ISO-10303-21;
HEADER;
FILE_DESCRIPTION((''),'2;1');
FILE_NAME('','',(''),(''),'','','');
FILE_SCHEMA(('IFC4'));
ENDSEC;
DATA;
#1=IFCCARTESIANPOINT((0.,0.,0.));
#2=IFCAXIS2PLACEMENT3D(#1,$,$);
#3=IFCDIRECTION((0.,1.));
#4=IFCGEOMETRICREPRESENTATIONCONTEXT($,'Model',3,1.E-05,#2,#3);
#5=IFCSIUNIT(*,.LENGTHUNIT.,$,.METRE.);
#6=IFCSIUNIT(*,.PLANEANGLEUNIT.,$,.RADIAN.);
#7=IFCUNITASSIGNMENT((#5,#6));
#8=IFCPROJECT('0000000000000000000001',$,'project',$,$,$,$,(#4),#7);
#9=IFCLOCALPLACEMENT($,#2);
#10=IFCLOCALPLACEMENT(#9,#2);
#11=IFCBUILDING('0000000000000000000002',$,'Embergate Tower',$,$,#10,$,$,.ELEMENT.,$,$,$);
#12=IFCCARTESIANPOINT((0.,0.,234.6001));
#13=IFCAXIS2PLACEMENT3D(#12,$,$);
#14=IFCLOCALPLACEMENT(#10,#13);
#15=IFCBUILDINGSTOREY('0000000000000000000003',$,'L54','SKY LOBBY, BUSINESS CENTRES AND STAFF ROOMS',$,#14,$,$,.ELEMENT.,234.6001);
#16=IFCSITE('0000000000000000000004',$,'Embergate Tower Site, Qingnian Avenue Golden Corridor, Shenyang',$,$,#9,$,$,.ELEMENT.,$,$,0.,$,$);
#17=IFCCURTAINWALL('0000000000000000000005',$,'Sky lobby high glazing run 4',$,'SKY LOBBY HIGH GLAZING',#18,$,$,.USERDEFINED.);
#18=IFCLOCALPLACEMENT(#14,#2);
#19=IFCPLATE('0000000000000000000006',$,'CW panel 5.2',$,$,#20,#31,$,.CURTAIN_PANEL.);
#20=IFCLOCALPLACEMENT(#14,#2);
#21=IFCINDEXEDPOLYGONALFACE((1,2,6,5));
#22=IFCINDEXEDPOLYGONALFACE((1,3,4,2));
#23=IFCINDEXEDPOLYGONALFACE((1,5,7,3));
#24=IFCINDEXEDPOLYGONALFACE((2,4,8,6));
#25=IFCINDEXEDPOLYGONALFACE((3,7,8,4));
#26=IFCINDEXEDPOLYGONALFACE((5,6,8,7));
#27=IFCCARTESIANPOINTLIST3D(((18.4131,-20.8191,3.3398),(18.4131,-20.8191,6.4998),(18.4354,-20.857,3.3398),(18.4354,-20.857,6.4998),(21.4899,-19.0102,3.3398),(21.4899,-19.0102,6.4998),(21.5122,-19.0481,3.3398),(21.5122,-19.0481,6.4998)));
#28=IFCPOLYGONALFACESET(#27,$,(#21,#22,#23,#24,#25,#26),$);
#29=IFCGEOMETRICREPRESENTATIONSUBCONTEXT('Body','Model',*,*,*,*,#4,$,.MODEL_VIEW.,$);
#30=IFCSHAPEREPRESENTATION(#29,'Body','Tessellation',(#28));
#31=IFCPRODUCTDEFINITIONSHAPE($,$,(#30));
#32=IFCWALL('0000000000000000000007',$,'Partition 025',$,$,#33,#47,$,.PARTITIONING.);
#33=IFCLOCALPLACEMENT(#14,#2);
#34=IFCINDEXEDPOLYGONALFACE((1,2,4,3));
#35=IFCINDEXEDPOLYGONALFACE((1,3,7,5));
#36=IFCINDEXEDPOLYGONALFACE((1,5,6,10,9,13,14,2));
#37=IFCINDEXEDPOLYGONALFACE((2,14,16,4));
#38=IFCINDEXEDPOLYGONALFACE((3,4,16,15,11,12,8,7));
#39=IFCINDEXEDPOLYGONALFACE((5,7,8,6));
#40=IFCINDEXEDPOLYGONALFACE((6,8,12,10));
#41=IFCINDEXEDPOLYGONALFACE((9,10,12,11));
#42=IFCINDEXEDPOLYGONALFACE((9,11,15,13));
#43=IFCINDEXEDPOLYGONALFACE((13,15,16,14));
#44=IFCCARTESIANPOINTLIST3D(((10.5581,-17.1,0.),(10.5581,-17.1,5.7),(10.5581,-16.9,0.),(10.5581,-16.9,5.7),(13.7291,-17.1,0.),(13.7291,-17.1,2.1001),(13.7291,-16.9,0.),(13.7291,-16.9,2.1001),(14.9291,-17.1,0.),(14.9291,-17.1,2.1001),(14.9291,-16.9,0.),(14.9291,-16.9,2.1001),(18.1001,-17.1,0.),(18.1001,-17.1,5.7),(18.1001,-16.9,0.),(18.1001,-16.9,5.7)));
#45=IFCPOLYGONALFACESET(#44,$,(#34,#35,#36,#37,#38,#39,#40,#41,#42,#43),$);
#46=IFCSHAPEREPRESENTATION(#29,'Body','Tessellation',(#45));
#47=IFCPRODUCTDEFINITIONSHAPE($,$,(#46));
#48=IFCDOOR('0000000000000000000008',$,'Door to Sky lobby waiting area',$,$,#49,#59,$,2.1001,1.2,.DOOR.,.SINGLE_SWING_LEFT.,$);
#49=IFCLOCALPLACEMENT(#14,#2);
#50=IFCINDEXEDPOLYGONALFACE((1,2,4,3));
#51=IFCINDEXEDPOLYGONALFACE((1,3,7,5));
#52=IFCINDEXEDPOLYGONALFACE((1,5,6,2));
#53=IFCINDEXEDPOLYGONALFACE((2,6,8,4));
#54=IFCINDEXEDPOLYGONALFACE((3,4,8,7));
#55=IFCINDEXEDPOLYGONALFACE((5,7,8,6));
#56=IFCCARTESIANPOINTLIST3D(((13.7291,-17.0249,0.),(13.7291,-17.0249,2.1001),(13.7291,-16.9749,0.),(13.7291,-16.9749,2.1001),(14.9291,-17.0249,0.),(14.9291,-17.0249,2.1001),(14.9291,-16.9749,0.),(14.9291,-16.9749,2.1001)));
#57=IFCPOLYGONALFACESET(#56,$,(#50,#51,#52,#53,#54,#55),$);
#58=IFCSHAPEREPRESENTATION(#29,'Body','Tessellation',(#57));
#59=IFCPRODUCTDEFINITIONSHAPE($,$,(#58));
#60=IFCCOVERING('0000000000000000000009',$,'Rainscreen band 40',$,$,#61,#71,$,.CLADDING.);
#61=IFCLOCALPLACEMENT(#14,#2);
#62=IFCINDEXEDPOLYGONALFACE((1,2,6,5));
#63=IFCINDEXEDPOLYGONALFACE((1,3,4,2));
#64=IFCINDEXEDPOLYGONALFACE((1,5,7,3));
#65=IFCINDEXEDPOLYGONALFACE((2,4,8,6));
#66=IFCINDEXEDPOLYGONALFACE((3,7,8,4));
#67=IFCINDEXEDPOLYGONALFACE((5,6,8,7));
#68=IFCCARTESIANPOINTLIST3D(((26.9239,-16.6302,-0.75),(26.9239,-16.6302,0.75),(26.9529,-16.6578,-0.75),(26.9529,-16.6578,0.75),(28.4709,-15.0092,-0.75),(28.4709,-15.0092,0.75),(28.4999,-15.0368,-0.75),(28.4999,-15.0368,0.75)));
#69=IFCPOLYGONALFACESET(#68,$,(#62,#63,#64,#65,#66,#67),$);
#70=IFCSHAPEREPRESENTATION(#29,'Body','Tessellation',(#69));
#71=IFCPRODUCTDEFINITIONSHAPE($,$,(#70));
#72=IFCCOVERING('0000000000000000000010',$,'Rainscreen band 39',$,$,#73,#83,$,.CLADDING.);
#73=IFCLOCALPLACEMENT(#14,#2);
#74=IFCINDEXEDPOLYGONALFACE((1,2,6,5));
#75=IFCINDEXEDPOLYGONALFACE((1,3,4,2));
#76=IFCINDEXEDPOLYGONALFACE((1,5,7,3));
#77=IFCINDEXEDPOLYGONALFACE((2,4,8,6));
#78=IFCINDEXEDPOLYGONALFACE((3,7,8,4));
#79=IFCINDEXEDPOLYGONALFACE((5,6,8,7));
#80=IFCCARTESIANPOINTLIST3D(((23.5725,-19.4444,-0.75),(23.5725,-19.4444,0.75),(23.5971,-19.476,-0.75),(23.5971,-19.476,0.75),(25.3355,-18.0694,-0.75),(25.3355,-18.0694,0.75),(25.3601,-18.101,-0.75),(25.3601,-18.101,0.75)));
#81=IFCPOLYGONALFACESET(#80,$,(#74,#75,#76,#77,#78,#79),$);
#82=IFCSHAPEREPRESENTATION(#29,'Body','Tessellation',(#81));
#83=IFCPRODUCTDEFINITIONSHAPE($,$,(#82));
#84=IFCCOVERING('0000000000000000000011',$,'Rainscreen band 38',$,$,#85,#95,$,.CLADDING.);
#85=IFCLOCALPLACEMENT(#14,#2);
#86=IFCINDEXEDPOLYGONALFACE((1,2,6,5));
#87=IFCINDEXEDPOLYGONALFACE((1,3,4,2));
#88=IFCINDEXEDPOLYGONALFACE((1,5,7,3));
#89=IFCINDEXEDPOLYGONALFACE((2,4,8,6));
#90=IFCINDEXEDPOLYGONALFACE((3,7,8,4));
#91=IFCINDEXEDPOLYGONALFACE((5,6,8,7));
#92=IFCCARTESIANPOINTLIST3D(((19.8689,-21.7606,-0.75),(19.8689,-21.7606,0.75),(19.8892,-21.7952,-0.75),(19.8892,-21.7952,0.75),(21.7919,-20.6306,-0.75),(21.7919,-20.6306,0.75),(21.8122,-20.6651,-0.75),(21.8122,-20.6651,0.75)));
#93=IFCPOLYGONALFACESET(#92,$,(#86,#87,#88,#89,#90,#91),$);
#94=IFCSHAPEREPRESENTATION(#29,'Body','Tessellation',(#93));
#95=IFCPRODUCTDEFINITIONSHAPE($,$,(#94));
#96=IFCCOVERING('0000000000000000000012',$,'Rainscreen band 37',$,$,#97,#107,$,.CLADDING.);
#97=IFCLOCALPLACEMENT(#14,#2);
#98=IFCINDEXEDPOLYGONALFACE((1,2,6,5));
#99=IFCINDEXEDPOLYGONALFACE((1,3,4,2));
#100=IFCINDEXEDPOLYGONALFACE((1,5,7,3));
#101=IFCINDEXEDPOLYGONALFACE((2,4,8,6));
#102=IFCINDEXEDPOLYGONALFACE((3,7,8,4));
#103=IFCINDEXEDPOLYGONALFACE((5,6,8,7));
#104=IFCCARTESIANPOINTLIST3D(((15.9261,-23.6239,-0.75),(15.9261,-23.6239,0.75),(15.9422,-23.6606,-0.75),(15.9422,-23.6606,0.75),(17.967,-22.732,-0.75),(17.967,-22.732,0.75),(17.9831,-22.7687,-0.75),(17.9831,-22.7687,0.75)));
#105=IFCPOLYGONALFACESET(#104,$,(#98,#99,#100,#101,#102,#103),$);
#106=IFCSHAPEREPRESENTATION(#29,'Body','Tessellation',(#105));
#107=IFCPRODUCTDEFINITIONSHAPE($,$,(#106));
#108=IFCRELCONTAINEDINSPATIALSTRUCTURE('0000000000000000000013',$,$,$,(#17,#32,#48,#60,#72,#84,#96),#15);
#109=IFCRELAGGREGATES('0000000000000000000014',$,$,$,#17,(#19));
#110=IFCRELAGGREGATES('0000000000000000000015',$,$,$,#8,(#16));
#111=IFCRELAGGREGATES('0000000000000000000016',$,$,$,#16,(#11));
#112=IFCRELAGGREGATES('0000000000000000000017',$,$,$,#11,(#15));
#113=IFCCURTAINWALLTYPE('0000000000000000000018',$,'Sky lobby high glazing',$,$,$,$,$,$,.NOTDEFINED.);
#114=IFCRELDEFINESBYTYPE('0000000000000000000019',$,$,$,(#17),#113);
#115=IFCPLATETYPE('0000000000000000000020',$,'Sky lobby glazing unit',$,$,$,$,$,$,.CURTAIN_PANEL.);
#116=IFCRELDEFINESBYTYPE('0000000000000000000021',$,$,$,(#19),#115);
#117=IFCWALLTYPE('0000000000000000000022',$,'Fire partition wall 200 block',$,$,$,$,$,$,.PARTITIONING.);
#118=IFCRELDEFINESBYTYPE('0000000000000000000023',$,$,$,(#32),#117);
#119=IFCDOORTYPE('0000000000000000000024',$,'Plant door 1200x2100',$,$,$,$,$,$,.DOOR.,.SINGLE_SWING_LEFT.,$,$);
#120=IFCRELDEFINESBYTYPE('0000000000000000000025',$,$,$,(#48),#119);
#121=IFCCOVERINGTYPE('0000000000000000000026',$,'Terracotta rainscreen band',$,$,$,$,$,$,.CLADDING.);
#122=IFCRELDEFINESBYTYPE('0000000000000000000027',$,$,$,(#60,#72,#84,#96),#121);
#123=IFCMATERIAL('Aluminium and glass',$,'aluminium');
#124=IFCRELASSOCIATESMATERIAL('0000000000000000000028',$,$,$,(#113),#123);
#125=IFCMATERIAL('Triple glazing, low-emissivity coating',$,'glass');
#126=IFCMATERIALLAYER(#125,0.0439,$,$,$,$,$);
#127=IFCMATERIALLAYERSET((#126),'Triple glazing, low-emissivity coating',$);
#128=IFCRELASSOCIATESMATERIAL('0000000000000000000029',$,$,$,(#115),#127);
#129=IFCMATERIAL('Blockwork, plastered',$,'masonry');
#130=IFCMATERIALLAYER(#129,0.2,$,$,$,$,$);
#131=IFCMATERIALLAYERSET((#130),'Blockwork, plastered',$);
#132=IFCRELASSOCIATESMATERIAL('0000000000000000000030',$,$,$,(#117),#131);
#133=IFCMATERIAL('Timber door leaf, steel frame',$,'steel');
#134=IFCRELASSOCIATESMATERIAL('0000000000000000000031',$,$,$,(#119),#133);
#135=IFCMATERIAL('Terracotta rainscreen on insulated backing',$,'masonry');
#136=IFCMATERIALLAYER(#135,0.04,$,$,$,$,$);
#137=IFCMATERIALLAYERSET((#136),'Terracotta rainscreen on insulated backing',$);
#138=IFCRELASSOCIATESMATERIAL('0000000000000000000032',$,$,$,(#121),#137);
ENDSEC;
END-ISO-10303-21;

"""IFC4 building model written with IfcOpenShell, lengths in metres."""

from ifc_helpers import new_model, si_unit, direction, frame, frame_2d, origin, origin_2d, place, context, subcontext, project, spatial, rectangle, extrude, source, transform, mapped, material, layer, layer_set, type_object, element, fill, aggregate, save


model = new_model("IFC4")

# Units and contexts
model_context = context("Model", 3, precision=1e-05, world=origin(), true_north=direction((0.0, 1.0)))
body_context = subcontext(model_context, "Body", "Model", "MODEL_VIEW")
ifc_project = project(units=[si_unit("LENGTHUNIT", "METRE"), si_unit("PLANEANGLEUNIT", "RADIAN")], contexts=[model_context])

# Site, building, storey
site_placement = place(None, origin())
site = spatial("IfcSite", under=ifc_project, at=site_placement, Name="Embergate Tower Site, Qingnian Avenue Golden Corridor, Shenyang", CompositionType="ELEMENT", RefElevation=0.0)
building_placement = place(site_placement, origin())
building = spatial("IfcBuilding", under=site, at=building_placement, Name="Embergate Tower", CompositionType="ELEMENT")
storey_placement = place(building_placement, frame((0.0, 0.0, 234.6001)))
storey = spatial("IfcBuildingStorey", under=building, at=storey_placement, Name="L54", Description="SKY LOBBY, BUSINESS CENTRES AND STAFF ROOMS", CompositionType="ELEMENT", Elevation=234.6001)

# Curtain wall, plate
ifc_material_1 = material(Name="Aluminium and glass", Category="aluminium")
curtain_wall_type = type_object("IfcCurtainWallType", Name="Sky lobby high glazing", PredefinedType="NOTDEFINED", material=ifc_material_1)
curtain_wall_placement = place(storey_placement, origin())
curtain_wall = element("IfcCurtainWall", 1, at=curtain_wall_placement, inside=storey, type_object=curtain_wall_type, Name="Sky lobby high glazing run 4", ObjectType="SKY LOBBY HIGH GLAZING", PredefinedType="USERDEFINED")
ifc_material_2 = material(Name="Triple glazing, low-emissivity coating", Category="glass")
ifc_layer_1 = layer(ifc_material_2, 0.0439)
ifc_layer_set_1 = layer_set([ifc_layer_1], Name="Triple glazing, low-emissivity coating")
plate_type = type_object("IfcPlateType", Name="Sky lobby glazing unit", PredefinedType="CURTAIN_PANEL", material=ifc_layer_set_1)
shared_shape_1 = source(origin(), body_context, "Body", "SweptSolid", [
    extrude(rectangle(XDim=3.5691, YDim=0.0439, at=origin_2d()), origin(), (0.0, 0.0, 1.0), 3.1599),
])
plate_1_placement = place(storey_placement, frame((19.9626, -19.9336, 3.3398), z_axis=(0.0, 0.0, 1.0), x_axis=(0.862053, 0.506818, 0.0)))
plate_1 = element("IfcPlate", 2, at=plate_1_placement, type_object=plate_type, Name="CW panel 5.2", PredefinedType="CURTAIN_PANEL", context=body_context, shape_type="MappedRepresentation", body=[
    mapped(shared_shape_1, transform((0.0, 0.0, 0.0))),
])
aggregate(curtain_wall, [plate_1])

# Wall, opening, door
ifc_material_3 = material(Name="Blockwork, plastered", Category="masonry")
ifc_layer_2 = layer(ifc_material_3, 0.2)
ifc_layer_set_2 = layer_set([ifc_layer_2], Name="Blockwork, plastered")
wall_type = type_object("IfcWallType", Name="Fire partition wall 200 block", PredefinedType="PARTITIONING", material=ifc_layer_set_2)
shared_shape_2 = source(origin(), body_context, "Body", "SweptSolid", [
    extrude(rectangle(XDim=7.542, YDim=0.2, at=frame_2d((3.771, 0.0))), origin(), (0.0, 0.0, 1.0), 5.7),
])
wall_placement = place(storey_placement, frame((18.1001, -17.0, 0.0), z_axis=(0.0, 0.0, 1.0), x_axis=(-1.0, 0.0, 0.0)))
wall = element("IfcWall", 3, at=wall_placement, inside=storey, type_object=wall_type, Name="Partition 025", PredefinedType="PARTITIONING", context=body_context, shape_type="MappedRepresentation", body=[
    mapped(shared_shape_2, transform((0.0, 0.0, 0.0))),
])
shared_shape_3 = source(origin(), body_context, "Body", "SweptSolid", [
    extrude(rectangle(XDim=1.2, YDim=2.1001, at=frame_2d((0.6001, 1.05))), frame((0.0, 0.1099, 0.0), z_axis=(0.0, -1.0, 0.0), x_axis=(1.0, 0.0, 0.0)), (0.0, 0.0, 1.0), 0.22),
])
opening_placement = place(wall_placement, frame((3.1709, 0.0, 0.0)))
opening = element("IfcOpeningElement", 4, at=opening_placement, cuts=wall, PredefinedType="OPENING", context=body_context, shape_type="MappedRepresentation", body=[
    mapped(shared_shape_3, transform((0.0, 0.0, 0.0))),
])
ifc_material_4 = material(Name="Timber door leaf, steel frame", Category="steel")
door_type = type_object("IfcDoorType", Name="Plant door 1200x2100", OperationType="SINGLE_SWING_LEFT", PredefinedType="DOOR", material=ifc_material_4)
shared_shape_4 = source(origin(), body_context, "Body", "SweptSolid", [
    extrude(rectangle(XDim=1.2, YDim=2.1001, at=frame_2d((0.6001, 1.05))), frame((0.0, 0.0249, 0.0), z_axis=(0.0, -1.0, 0.0), x_axis=(1.0, 0.0, 0.0)), (0.0, 0.0, 1.0), 0.05),
])
door_placement = place(opening_placement, origin())
door = element("IfcDoor", 5, at=door_placement, inside=storey, type_object=door_type, Name="Door to Sky lobby waiting area", OperationType="SINGLE_SWING_LEFT", OverallHeight=2.1001, OverallWidth=1.2, PredefinedType="DOOR", context=body_context, shape_type="MappedRepresentation", body=[
    mapped(shared_shape_4, transform((0.0, 0.0, 0.0))),
])
fill(opening, door)

# Coverings
ifc_material_5 = material(Name="Terracotta rainscreen on insulated backing", Category="masonry")
ifc_layer_3 = layer(ifc_material_5, 0.04)
ifc_layer_set_3 = layer_set([ifc_layer_3], Name="Terracotta rainscreen on insulated backing")
covering_type = type_object("IfcCoveringType", Name="Terracotta rainscreen band", PredefinedType="CLADDING", material=ifc_layer_set_3)
shared_shape_5 = source(origin(), body_context, "Body", "SweptSolid", [
    extrude(rectangle(XDim=2.2407, YDim=0.04, at=origin_2d()), origin(), (0.0, 0.0, 1.0), 1.5),
])
covering_1_placement = place(storey_placement, frame((27.7119, -15.8335, -0.75), z_axis=(0.0, 0.0, 1.0), x_axis=(0.690402, 0.723426, 0.0)))
element("IfcCovering", 6, at=covering_1_placement, inside=storey, type_object=covering_type, Name="Rainscreen band 40", PredefinedType="CLADDING", context=body_context, shape_type="MappedRepresentation", body=[
    mapped(shared_shape_5, transform((0.0, 0.0, 0.0))),
])
shared_shape_6 = source(origin(), body_context, "Body", "SweptSolid", [
    extrude(rectangle(XDim=2.2358, YDim=0.04, at=origin_2d()), origin(), (0.0, 0.0, 1.0), 1.5),
])
covering_2_placement = place(storey_placement, frame((24.4663, -18.7727, -0.75), z_axis=(0.0, 0.0, 1.0), x_axis=(0.788533, 0.614993, 0.0)))
element("IfcCovering", 7, at=covering_2_placement, inside=storey, type_object=covering_type, Name="Rainscreen band 39", PredefinedType="CLADDING", context=body_context, shape_type="MappedRepresentation", body=[
    mapped(shared_shape_6, transform((0.0, 0.0, 0.0))),
])
shared_shape_7 = source(origin(), body_context, "Body", "SweptSolid", [
    extrude(rectangle(XDim=2.2305, YDim=0.04, at=origin_2d()), origin(), (0.0, 0.0, 1.0), 1.5),
])
covering_3_placement = place(storey_placement, frame((20.8406, -21.2129, -0.75), z_axis=(0.0, 0.0, 1.0), x_axis=(0.862165, 0.506628, 0.0)))
element("IfcCovering", 8, at=covering_3_placement, inside=storey, type_object=covering_type, Name="Rainscreen band 38", PredefinedType="CLADDING", context=body_context, shape_type="MappedRepresentation", body=[
    mapped(shared_shape_7, transform((0.0, 0.0, 0.0))),
])
shared_shape_8 = source(origin(), body_context, "Body", "SweptSolid", [
    extrude(rectangle(XDim=2.2273, YDim=0.04, at=origin_2d()), origin(), (0.0, 0.0, 1.0), 1.5),
])
covering_4_placement = place(storey_placement, frame((16.9546, -23.1963, -0.75), z_axis=(0.0, 0.0, 1.0), x_axis=(0.916312, 0.400466, 0.0)))
element("IfcCovering", 9, at=covering_4_placement, inside=storey, type_object=covering_type, Name="Rainscreen band 37", PredefinedType="CLADDING", context=body_context, shape_type="MappedRepresentation", body=[
    mapped(shared_shape_8, transform((0.0, 0.0, 0.0))),
])

save(model, "model.ifc")
